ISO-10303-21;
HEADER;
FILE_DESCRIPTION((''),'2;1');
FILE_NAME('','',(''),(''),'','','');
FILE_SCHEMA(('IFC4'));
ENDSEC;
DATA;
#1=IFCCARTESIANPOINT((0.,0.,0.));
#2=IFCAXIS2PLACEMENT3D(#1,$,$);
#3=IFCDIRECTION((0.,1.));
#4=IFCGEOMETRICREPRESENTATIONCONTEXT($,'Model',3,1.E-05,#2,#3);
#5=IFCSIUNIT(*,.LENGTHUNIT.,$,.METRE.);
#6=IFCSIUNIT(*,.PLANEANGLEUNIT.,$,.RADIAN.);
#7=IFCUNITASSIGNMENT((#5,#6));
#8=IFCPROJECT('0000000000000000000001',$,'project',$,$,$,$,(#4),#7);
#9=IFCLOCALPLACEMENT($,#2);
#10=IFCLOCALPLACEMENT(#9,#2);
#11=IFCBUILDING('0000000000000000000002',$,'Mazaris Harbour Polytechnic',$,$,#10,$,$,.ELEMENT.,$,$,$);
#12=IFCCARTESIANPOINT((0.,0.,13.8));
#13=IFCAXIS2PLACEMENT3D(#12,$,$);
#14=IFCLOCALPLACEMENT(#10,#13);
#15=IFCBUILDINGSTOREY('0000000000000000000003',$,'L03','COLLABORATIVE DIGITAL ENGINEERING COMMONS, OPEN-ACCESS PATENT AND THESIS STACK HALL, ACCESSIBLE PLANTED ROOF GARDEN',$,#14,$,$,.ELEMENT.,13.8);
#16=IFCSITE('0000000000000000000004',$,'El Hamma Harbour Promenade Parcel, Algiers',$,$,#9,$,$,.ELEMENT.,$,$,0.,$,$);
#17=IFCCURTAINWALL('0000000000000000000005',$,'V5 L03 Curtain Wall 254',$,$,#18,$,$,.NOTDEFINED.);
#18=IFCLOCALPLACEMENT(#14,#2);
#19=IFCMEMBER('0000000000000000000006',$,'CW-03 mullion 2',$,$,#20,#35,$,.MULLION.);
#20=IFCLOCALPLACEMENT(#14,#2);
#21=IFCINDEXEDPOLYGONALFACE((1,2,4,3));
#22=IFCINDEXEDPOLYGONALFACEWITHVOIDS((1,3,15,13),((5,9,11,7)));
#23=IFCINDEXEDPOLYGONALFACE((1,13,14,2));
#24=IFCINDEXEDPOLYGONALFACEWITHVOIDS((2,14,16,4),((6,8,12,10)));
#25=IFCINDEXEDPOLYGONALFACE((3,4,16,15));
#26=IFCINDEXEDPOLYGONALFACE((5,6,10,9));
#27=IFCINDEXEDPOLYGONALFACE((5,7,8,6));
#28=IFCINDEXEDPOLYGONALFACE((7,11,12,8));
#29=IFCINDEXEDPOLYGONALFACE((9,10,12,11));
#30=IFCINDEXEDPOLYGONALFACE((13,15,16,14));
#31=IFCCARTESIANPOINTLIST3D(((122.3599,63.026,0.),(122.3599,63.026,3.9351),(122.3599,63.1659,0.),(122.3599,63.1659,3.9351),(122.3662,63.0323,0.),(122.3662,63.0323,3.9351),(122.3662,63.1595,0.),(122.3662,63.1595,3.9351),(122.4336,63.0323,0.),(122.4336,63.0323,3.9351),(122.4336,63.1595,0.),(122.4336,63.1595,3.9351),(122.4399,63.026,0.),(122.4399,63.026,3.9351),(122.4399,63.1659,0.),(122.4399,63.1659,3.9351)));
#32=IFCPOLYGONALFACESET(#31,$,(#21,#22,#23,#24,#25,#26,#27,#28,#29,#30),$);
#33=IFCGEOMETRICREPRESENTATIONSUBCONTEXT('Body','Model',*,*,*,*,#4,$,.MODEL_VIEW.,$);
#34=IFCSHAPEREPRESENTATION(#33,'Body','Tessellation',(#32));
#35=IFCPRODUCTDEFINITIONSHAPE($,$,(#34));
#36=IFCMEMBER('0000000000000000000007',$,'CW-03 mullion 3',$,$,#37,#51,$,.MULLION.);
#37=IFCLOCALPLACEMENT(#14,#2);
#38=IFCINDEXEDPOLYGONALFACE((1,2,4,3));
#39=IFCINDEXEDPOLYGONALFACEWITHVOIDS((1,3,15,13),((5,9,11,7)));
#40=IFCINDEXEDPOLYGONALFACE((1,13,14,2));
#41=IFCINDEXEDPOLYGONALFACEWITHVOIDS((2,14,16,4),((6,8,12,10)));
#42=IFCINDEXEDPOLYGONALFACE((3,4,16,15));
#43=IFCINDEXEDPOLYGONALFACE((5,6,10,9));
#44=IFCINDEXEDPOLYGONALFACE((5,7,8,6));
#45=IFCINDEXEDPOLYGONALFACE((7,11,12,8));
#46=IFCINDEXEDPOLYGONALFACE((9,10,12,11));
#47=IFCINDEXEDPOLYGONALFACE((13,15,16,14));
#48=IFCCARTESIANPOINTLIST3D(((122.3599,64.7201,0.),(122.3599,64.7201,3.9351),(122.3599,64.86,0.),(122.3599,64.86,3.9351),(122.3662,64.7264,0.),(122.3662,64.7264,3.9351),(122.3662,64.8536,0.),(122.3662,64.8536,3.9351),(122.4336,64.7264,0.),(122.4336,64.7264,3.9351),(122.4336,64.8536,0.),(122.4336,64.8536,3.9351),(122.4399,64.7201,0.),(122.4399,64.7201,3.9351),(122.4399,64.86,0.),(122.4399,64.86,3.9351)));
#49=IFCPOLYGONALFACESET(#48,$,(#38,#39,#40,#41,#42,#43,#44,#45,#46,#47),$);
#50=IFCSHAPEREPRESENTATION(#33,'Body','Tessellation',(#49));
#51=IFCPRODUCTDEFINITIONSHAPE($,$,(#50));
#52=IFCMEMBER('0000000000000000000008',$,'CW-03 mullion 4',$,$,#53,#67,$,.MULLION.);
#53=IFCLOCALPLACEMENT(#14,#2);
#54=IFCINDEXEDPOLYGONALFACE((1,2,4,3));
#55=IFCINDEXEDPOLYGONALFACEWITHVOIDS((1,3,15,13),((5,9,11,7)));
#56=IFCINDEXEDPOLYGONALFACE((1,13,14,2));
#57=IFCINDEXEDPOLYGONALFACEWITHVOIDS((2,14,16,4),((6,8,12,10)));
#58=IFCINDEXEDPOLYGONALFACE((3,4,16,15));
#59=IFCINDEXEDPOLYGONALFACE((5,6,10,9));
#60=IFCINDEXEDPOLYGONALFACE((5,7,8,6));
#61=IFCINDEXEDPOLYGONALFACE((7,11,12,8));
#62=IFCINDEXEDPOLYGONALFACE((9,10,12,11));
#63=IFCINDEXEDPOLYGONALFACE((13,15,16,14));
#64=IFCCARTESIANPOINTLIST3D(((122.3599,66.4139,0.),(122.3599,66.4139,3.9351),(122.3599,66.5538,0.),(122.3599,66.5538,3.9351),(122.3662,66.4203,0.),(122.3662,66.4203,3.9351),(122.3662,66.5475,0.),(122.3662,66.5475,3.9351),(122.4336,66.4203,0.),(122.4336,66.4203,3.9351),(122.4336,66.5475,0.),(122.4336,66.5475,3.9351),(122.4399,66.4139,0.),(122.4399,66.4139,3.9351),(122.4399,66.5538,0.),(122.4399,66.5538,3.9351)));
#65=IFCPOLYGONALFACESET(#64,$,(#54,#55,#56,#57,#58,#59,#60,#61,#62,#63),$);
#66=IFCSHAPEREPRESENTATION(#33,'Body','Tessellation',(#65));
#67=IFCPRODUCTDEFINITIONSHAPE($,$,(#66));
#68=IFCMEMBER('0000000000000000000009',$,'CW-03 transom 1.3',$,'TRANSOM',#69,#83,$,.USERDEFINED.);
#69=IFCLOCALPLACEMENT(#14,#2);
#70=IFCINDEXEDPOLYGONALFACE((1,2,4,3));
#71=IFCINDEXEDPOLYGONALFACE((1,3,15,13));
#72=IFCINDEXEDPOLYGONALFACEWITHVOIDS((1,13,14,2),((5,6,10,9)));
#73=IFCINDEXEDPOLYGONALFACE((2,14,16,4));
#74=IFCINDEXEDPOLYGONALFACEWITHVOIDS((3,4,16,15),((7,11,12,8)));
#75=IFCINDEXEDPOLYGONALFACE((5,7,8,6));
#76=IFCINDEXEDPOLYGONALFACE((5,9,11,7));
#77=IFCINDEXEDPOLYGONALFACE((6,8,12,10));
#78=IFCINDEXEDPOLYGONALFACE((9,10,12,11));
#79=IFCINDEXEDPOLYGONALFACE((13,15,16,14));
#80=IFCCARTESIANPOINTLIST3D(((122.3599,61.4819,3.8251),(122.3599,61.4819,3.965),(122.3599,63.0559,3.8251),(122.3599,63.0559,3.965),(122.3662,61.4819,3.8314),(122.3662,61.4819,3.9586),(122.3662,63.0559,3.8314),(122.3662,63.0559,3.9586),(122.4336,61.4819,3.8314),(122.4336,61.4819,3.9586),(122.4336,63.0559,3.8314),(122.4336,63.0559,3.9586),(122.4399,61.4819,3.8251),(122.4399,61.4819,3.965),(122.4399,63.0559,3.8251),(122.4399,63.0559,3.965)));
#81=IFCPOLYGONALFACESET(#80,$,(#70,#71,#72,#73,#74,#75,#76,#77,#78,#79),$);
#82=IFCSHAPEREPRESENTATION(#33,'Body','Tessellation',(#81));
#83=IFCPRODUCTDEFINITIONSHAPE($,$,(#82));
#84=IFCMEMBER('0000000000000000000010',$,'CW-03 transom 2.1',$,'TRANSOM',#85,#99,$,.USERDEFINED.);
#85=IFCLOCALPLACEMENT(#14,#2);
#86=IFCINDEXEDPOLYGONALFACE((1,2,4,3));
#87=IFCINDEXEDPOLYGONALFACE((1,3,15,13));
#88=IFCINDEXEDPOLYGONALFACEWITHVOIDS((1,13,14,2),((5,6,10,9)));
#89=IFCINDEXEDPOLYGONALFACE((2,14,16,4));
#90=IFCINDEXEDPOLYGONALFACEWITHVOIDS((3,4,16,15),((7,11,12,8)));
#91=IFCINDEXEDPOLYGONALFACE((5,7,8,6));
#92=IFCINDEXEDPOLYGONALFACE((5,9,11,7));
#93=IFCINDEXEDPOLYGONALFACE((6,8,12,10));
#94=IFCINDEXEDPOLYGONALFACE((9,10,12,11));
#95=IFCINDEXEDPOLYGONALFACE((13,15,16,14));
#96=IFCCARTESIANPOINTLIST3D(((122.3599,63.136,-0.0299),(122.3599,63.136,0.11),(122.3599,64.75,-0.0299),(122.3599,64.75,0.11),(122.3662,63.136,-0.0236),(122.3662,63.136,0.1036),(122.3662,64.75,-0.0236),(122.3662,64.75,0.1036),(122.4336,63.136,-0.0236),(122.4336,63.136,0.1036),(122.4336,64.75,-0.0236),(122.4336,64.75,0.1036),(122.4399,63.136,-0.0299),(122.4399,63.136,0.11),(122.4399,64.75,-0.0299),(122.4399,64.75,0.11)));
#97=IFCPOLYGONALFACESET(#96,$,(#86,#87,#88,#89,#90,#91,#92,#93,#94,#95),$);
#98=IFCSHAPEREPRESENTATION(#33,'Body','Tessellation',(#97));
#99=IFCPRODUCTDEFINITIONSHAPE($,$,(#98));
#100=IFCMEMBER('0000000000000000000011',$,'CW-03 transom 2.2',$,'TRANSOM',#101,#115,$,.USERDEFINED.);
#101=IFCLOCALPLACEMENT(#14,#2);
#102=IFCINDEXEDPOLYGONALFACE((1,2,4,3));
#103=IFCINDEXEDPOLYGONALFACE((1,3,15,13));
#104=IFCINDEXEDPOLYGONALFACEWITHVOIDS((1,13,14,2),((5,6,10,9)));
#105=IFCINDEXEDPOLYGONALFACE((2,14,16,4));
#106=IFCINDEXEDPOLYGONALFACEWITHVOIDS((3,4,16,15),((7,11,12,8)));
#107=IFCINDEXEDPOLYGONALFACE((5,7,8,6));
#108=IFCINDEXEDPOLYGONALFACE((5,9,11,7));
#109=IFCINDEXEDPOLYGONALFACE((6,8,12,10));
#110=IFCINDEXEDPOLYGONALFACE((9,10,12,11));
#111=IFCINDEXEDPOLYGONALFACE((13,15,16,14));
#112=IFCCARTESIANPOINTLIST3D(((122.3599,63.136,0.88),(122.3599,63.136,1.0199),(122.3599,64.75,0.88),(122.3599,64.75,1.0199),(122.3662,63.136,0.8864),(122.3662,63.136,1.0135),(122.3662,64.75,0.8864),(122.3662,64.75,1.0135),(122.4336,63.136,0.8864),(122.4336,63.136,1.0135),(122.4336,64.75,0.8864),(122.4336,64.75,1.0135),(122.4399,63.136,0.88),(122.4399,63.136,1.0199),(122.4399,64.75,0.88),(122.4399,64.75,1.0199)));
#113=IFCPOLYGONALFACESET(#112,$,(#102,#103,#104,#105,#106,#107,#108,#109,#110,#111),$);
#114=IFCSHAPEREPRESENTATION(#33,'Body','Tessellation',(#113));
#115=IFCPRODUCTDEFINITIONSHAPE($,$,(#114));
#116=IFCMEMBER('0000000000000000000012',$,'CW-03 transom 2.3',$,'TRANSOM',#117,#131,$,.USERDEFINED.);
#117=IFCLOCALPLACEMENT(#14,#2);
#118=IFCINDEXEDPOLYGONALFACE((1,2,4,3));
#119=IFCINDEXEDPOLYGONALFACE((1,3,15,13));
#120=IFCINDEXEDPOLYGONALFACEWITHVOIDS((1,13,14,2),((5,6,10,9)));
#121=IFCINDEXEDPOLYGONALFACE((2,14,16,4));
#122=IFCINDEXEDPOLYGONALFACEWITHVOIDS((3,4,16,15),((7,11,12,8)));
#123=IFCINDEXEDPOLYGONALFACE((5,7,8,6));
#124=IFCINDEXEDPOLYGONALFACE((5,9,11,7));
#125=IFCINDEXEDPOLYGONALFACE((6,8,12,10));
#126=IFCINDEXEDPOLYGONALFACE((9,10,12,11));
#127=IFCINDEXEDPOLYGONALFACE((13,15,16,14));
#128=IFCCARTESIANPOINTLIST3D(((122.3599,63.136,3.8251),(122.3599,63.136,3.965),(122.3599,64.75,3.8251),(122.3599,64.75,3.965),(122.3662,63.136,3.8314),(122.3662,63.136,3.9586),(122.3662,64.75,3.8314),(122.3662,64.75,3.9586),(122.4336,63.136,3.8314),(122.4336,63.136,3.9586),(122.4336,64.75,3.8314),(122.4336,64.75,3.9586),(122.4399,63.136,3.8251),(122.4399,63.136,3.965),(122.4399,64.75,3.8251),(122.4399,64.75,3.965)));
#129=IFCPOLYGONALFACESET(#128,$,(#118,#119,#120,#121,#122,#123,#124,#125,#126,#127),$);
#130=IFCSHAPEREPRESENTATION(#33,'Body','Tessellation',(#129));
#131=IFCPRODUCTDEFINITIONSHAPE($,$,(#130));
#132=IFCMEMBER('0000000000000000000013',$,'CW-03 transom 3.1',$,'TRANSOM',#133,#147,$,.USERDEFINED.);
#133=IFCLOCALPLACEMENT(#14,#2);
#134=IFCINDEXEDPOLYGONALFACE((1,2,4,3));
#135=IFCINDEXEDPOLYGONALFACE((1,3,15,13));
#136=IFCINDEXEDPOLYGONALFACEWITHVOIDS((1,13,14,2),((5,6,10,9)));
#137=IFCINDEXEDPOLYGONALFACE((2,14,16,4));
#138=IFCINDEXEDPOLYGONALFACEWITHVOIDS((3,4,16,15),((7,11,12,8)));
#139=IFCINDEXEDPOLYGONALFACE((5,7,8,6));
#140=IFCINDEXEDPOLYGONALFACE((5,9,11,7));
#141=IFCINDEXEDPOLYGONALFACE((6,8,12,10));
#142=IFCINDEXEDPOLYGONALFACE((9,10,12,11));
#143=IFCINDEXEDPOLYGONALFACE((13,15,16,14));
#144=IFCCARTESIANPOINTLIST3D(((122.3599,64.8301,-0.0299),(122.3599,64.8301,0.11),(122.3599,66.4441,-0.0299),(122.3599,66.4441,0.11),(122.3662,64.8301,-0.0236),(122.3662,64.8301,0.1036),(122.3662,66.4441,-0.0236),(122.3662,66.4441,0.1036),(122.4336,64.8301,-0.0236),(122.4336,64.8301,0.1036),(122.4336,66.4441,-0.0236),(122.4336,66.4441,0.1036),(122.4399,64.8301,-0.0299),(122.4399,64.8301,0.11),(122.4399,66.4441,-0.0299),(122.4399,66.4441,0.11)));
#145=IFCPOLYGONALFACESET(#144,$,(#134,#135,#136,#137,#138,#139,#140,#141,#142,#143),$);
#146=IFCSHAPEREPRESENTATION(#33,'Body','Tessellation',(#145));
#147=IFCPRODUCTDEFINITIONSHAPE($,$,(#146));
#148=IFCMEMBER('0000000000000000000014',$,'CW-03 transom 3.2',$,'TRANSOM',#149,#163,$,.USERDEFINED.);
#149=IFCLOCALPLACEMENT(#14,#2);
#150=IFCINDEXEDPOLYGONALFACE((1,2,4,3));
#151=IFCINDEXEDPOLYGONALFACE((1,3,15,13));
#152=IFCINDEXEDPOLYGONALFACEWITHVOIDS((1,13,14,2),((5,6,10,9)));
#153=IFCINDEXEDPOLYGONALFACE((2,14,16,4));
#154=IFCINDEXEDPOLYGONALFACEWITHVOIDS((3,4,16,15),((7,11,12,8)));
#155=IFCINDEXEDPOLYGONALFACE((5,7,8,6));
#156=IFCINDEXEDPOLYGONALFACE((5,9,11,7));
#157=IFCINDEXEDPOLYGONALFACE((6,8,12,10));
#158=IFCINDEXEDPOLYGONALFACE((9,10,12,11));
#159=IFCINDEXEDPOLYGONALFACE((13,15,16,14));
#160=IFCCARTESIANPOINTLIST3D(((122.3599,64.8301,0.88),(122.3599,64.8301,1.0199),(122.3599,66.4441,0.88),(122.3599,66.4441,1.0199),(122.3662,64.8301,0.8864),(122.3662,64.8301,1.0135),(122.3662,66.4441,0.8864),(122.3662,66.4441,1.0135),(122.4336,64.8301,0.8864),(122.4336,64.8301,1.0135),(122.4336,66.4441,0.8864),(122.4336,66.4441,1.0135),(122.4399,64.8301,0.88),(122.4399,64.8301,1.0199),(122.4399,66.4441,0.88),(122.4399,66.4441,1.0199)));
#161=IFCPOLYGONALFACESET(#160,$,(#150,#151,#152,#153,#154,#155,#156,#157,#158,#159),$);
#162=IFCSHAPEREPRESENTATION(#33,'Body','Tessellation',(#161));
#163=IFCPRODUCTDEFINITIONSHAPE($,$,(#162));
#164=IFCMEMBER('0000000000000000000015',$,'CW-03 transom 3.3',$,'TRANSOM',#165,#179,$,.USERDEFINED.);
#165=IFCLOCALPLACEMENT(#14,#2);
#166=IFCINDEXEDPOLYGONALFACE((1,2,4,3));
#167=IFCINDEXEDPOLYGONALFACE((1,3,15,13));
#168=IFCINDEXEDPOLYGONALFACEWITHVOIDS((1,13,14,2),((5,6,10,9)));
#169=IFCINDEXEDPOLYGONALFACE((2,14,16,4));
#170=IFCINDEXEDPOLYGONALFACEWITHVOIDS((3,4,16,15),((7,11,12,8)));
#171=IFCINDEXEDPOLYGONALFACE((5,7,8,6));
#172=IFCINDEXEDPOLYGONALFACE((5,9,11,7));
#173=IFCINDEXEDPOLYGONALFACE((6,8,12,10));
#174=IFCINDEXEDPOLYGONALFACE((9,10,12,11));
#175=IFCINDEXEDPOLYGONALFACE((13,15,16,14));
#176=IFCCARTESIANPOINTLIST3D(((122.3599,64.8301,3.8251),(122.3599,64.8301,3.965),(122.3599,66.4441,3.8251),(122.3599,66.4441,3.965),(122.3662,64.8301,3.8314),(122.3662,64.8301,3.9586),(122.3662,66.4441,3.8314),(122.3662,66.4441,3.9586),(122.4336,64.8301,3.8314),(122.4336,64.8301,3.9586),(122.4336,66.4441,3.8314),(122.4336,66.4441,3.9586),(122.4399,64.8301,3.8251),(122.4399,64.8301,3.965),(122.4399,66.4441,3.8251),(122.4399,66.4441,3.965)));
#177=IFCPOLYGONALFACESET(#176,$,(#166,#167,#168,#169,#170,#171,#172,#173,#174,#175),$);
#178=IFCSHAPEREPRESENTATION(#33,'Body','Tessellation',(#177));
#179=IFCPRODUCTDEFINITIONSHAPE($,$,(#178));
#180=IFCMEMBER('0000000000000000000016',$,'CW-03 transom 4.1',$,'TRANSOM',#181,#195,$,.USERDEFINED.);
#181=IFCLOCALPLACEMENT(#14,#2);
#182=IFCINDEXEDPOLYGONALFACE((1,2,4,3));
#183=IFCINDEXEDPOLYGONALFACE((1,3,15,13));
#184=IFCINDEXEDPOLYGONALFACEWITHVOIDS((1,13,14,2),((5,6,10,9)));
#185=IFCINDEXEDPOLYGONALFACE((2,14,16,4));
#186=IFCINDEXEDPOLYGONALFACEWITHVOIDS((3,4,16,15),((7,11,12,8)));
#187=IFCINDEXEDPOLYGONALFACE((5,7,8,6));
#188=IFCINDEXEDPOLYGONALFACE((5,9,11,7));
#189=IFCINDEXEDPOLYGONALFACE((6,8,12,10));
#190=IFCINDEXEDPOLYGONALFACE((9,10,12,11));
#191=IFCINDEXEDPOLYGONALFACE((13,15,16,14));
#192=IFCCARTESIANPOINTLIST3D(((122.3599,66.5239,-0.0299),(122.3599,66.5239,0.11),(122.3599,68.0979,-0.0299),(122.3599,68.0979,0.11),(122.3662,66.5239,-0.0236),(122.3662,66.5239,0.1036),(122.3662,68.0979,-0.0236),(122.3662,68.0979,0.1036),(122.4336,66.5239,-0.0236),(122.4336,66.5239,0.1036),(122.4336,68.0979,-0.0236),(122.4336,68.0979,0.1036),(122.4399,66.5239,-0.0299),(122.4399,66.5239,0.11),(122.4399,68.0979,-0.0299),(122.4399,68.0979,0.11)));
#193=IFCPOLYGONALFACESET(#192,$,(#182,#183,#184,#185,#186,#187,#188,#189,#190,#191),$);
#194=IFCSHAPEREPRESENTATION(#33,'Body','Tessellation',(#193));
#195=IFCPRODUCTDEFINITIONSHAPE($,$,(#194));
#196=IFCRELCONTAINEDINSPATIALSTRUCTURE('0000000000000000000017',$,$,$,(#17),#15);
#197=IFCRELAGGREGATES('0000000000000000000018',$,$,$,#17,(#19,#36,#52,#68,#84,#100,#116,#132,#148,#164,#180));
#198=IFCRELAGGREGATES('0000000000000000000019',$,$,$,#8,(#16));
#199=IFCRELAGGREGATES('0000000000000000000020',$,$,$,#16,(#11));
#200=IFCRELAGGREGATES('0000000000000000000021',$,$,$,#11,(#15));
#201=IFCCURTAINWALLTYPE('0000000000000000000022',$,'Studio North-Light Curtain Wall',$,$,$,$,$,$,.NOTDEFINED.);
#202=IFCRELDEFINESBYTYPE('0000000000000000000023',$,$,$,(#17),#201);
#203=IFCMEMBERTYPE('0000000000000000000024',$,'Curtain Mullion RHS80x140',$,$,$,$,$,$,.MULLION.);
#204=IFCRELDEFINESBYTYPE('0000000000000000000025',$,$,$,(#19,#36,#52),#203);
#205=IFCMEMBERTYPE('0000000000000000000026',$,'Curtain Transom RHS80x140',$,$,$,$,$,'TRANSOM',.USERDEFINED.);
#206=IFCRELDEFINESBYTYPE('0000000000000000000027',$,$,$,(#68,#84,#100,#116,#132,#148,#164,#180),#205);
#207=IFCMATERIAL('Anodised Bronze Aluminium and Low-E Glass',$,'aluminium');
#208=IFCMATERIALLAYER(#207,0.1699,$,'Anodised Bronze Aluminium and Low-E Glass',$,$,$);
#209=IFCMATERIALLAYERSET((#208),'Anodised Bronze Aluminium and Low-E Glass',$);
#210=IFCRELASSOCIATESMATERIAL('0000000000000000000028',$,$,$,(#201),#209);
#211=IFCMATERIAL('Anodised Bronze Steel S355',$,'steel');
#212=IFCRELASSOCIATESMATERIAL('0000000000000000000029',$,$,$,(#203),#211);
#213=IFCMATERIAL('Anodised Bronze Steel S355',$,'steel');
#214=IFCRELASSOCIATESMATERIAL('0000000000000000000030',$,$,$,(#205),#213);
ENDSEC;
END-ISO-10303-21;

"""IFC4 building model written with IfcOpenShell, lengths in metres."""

from ifc_helpers import new_model, si_unit, direction, frame, origin, origin_2d, place, context, subcontext, project, spatial, hollow_rectangle, extrude, material, layer, layer_set, material_profile, profile_set, type_object, element, aggregate, save


model = new_model("IFC4")

# Units and contexts
model_context = context("Model", 3, precision=1e-05, world=origin(), true_north=direction((0.0, 1.0)))
body_context = subcontext(model_context, "Body", "Model", "MODEL_VIEW")
ifc_project = project(units=[si_unit("LENGTHUNIT", "METRE"), si_unit("PLANEANGLEUNIT", "RADIAN")], contexts=[model_context])

# Site, building, storey
site_placement = place(None, origin())
site = spatial("IfcSite", under=ifc_project, at=site_placement, Name="El Hamma Harbour Promenade Parcel, Algiers", CompositionType="ELEMENT", RefElevation=0.0)
building_placement = place(site_placement, origin())
building = spatial("IfcBuilding", under=site, at=building_placement, Name="Mazaris Harbour Polytechnic", CompositionType="ELEMENT")
storey_placement = place(building_placement, frame((0.0, 0.0, 13.8)))
storey = spatial("IfcBuildingStorey", under=building, at=storey_placement, Name="L03", Description="COLLABORATIVE DIGITAL ENGINEERING COMMONS, OPEN-ACCESS PATENT AND THESIS STACK HALL, ACCESSIBLE PLANTED ROOF GARDEN", CompositionType="ELEMENT", Elevation=13.8)

# Curtain wall, members
ifc_material_1 = material(Name="Anodised Bronze Aluminium and Low-E Glass", Category="aluminium")
ifc_layer_1 = layer(ifc_material_1, 0.1699, Name="Anodised Bronze Aluminium and Low-E Glass")
ifc_layer_set_1 = layer_set([ifc_layer_1], Name="Anodised Bronze Aluminium and Low-E Glass")
curtain_wall_type = type_object("IfcCurtainWallType", Name="Studio North-Light Curtain Wall", PredefinedType="NOTDEFINED", material=ifc_layer_set_1)
curtain_wall_placement = place(storey_placement, origin())
curtain_wall = element("IfcCurtainWall", 1, at=curtain_wall_placement, inside=storey, type_object=curtain_wall_type, Name="V5 L03 Curtain Wall 254", PredefinedType="NOTDEFINED")
ifc_material_2 = material(Name="Anodised Bronze Steel S355", Category="steel")
ifc_material_profile_1 = material_profile(ifc_material_2, hollow_rectangle(XDim=0.0801, YDim=0.1399, WallThickness=0.0063, at=origin_2d()), Name="RHS 80x140x6.3")
ifc_profile_set_1 = profile_set([ifc_material_profile_1], Name="Anodised Bronze Steel S355")
member_type_1 = type_object("IfcMemberType", Name="Curtain Mullion RHS80x140", PredefinedType="MULLION", material=ifc_profile_set_1)
member_1_placement = place(storey_placement, frame((122.3999, 63.0959, 0.0), z_axis=(0.0, 0.0, 1.0), x_axis=(-1.0, 0.0, 0.0)))
member_1 = element("IfcMember", 2, at=member_1_placement, type_object=member_type_1, Name="CW-03 mullion 2", PredefinedType="MULLION", context=body_context, shape_type="SweptSolid", body=[
    extrude(hollow_rectangle(XDim=0.0801, YDim=0.1399, WallThickness=0.0063, at=origin_2d()), origin(), (0.0, 0.0, 1.0), 3.9351),
])
member_2_placement = place(storey_placement, frame((122.3999, 64.79, 0.0), z_axis=(0.0, 0.0, 1.0), x_axis=(-1.0, 0.0, 0.0)))
member_2 = element("IfcMember", 3, at=member_2_placement, type_object=member_type_1, Name="CW-03 mullion 3", PredefinedType="MULLION", context=body_context, shape_type="SweptSolid", body=[
    extrude(hollow_rectangle(XDim=0.0801, YDim=0.1399, WallThickness=0.0063, at=origin_2d()), origin(), (0.0, 0.0, 1.0), 3.9351),
])
member_3_placement = place(storey_placement, frame((122.3999, 66.4839, 0.0), z_axis=(0.0, 0.0, 1.0), x_axis=(-1.0, 0.0, 0.0)))
member_3 = element("IfcMember", 4, at=member_3_placement, type_object=member_type_1, Name="CW-03 mullion 4", PredefinedType="MULLION", context=body_context, shape_type="SweptSolid", body=[
    extrude(hollow_rectangle(XDim=0.0801, YDim=0.1399, WallThickness=0.0063, at=origin_2d()), origin(), (0.0, 0.0, 1.0), 3.9351),
])
ifc_material_3 = material(Name="Anodised Bronze Steel S355", Category="steel")
ifc_material_profile_2 = material_profile(ifc_material_3, hollow_rectangle(XDim=0.0801, YDim=0.1399, WallThickness=0.0063, at=origin_2d()), Name="RHS 80x140x6.3")
ifc_profile_set_2 = profile_set([ifc_material_profile_2], Name="Anodised Bronze Steel S355")
member_type_2 = type_object("IfcMemberType", Name="Curtain Transom RHS80x140", ElementType="TRANSOM", PredefinedType="USERDEFINED", material=ifc_profile_set_2)
member_4_placement = place(storey_placement, frame((122.3999, 61.4819, 3.895), z_axis=(0.0, 1.0, 0.0), x_axis=(-1.0, 0.0, 0.0)))
member_4 = element("IfcMember", 5, at=member_4_placement, type_object=member_type_2, Name="CW-03 transom 1.3", ObjectType="TRANSOM", PredefinedType="USERDEFINED", context=body_context, shape_type="SweptSolid", body=[
    extrude(hollow_rectangle(XDim=0.0801, YDim=0.1399, WallThickness=0.0063, at=origin_2d()), origin(), (0.0, 0.0, 1.0), 1.574),
])
member_5_placement = place(storey_placement, frame((122.3999, 63.136, 0.04), z_axis=(0.0, 1.0, 0.0), x_axis=(-1.0, 0.0, 0.0)))
member_5 = element("IfcMember", 6, at=member_5_placement, type_object=member_type_2, Name="CW-03 transom 2.1", ObjectType="TRANSOM", PredefinedType="USERDEFINED", context=body_context, shape_type="SweptSolid", body=[
    extrude(hollow_rectangle(XDim=0.0801, YDim=0.1399, WallThickness=0.0063, at=origin_2d()), origin(), (0.0, 0.0, 1.0), 1.614),
])
member_6_placement = place(storey_placement, frame((122.3999, 63.136, 0.95), z_axis=(0.0, 1.0, 0.0), x_axis=(-1.0, 0.0, 0.0)))
member_6 = element("IfcMember", 7, at=member_6_placement, type_object=member_type_2, Name="CW-03 transom 2.2", ObjectType="TRANSOM", PredefinedType="USERDEFINED", context=body_context, shape_type="SweptSolid", body=[
    extrude(hollow_rectangle(XDim=0.0801, YDim=0.1399, WallThickness=0.0063, at=origin_2d()), origin(), (0.0, 0.0, 1.0), 1.614),
])
member_7_placement = place(storey_placement, frame((122.3999, 63.136, 3.895), z_axis=(0.0, 1.0, 0.0), x_axis=(-1.0, 0.0, 0.0)))
member_7 = element("IfcMember", 8, at=member_7_placement, type_object=member_type_2, Name="CW-03 transom 2.3", ObjectType="TRANSOM", PredefinedType="USERDEFINED", context=body_context, shape_type="SweptSolid", body=[
    extrude(hollow_rectangle(XDim=0.0801, YDim=0.1399, WallThickness=0.0063, at=origin_2d()), origin(), (0.0, 0.0, 1.0), 1.614),
])
member_8_placement = place(storey_placement, frame((122.3999, 64.8301, 0.04), z_axis=(0.0, 1.0, 0.0), x_axis=(-1.0, 0.0, 0.0)))
member_8 = element("IfcMember", 9, at=member_8_placement, type_object=member_type_2, Name="CW-03 transom 3.1", ObjectType="TRANSOM", PredefinedType="USERDEFINED", context=body_context, shape_type="SweptSolid", body=[
    extrude(hollow_rectangle(XDim=0.0801, YDim=0.1399, WallThickness=0.0063, at=origin_2d()), origin(), (0.0, 0.0, 1.0), 1.614),
])
member_9_placement = place(storey_placement, frame((122.3999, 64.8301, 0.95), z_axis=(0.0, 1.0, 0.0), x_axis=(-1.0, 0.0, 0.0)))
member_9 = element("IfcMember", 10, at=member_9_placement, type_object=member_type_2, Name="CW-03 transom 3.2", ObjectType="TRANSOM", PredefinedType="USERDEFINED", context=body_context, shape_type="SweptSolid", body=[
    extrude(hollow_rectangle(XDim=0.0801, YDim=0.1399, WallThickness=0.0063, at=origin_2d()), origin(), (0.0, 0.0, 1.0), 1.614),
])
member_10_placement = place(storey_placement, frame((122.3999, 64.8301, 3.895), z_axis=(0.0, 1.0, 0.0), x_axis=(-1.0, 0.0, 0.0)))
member_10 = element("IfcMember", 11, at=member_10_placement, type_object=member_type_2, Name="CW-03 transom 3.3", ObjectType="TRANSOM", PredefinedType="USERDEFINED", context=body_context, shape_type="SweptSolid", body=[
    extrude(hollow_rectangle(XDim=0.0801, YDim=0.1399, WallThickness=0.0063, at=origin_2d()), origin(), (0.0, 0.0, 1.0), 1.614),
])
member_11_placement = place(storey_placement, frame((122.3999, 66.5239, 0.04), z_axis=(0.0, 1.0, 0.0), x_axis=(-1.0, 0.0, 0.0)))
member_11 = element("IfcMember", 12, at=member_11_placement, type_object=member_type_2, Name="CW-03 transom 4.1", ObjectType="TRANSOM", PredefinedType="USERDEFINED", context=body_context, shape_type="SweptSolid", body=[
    extrude(hollow_rectangle(XDim=0.0801, YDim=0.1399, WallThickness=0.0063, at=origin_2d()), origin(), (0.0, 0.0, 1.0), 1.574),
])
aggregate(curtain_wall, [member_1, member_2, member_3, member_4, member_5, member_6, member_7, member_8, member_9, member_10, member_11])

save(model, "model.ifc")
